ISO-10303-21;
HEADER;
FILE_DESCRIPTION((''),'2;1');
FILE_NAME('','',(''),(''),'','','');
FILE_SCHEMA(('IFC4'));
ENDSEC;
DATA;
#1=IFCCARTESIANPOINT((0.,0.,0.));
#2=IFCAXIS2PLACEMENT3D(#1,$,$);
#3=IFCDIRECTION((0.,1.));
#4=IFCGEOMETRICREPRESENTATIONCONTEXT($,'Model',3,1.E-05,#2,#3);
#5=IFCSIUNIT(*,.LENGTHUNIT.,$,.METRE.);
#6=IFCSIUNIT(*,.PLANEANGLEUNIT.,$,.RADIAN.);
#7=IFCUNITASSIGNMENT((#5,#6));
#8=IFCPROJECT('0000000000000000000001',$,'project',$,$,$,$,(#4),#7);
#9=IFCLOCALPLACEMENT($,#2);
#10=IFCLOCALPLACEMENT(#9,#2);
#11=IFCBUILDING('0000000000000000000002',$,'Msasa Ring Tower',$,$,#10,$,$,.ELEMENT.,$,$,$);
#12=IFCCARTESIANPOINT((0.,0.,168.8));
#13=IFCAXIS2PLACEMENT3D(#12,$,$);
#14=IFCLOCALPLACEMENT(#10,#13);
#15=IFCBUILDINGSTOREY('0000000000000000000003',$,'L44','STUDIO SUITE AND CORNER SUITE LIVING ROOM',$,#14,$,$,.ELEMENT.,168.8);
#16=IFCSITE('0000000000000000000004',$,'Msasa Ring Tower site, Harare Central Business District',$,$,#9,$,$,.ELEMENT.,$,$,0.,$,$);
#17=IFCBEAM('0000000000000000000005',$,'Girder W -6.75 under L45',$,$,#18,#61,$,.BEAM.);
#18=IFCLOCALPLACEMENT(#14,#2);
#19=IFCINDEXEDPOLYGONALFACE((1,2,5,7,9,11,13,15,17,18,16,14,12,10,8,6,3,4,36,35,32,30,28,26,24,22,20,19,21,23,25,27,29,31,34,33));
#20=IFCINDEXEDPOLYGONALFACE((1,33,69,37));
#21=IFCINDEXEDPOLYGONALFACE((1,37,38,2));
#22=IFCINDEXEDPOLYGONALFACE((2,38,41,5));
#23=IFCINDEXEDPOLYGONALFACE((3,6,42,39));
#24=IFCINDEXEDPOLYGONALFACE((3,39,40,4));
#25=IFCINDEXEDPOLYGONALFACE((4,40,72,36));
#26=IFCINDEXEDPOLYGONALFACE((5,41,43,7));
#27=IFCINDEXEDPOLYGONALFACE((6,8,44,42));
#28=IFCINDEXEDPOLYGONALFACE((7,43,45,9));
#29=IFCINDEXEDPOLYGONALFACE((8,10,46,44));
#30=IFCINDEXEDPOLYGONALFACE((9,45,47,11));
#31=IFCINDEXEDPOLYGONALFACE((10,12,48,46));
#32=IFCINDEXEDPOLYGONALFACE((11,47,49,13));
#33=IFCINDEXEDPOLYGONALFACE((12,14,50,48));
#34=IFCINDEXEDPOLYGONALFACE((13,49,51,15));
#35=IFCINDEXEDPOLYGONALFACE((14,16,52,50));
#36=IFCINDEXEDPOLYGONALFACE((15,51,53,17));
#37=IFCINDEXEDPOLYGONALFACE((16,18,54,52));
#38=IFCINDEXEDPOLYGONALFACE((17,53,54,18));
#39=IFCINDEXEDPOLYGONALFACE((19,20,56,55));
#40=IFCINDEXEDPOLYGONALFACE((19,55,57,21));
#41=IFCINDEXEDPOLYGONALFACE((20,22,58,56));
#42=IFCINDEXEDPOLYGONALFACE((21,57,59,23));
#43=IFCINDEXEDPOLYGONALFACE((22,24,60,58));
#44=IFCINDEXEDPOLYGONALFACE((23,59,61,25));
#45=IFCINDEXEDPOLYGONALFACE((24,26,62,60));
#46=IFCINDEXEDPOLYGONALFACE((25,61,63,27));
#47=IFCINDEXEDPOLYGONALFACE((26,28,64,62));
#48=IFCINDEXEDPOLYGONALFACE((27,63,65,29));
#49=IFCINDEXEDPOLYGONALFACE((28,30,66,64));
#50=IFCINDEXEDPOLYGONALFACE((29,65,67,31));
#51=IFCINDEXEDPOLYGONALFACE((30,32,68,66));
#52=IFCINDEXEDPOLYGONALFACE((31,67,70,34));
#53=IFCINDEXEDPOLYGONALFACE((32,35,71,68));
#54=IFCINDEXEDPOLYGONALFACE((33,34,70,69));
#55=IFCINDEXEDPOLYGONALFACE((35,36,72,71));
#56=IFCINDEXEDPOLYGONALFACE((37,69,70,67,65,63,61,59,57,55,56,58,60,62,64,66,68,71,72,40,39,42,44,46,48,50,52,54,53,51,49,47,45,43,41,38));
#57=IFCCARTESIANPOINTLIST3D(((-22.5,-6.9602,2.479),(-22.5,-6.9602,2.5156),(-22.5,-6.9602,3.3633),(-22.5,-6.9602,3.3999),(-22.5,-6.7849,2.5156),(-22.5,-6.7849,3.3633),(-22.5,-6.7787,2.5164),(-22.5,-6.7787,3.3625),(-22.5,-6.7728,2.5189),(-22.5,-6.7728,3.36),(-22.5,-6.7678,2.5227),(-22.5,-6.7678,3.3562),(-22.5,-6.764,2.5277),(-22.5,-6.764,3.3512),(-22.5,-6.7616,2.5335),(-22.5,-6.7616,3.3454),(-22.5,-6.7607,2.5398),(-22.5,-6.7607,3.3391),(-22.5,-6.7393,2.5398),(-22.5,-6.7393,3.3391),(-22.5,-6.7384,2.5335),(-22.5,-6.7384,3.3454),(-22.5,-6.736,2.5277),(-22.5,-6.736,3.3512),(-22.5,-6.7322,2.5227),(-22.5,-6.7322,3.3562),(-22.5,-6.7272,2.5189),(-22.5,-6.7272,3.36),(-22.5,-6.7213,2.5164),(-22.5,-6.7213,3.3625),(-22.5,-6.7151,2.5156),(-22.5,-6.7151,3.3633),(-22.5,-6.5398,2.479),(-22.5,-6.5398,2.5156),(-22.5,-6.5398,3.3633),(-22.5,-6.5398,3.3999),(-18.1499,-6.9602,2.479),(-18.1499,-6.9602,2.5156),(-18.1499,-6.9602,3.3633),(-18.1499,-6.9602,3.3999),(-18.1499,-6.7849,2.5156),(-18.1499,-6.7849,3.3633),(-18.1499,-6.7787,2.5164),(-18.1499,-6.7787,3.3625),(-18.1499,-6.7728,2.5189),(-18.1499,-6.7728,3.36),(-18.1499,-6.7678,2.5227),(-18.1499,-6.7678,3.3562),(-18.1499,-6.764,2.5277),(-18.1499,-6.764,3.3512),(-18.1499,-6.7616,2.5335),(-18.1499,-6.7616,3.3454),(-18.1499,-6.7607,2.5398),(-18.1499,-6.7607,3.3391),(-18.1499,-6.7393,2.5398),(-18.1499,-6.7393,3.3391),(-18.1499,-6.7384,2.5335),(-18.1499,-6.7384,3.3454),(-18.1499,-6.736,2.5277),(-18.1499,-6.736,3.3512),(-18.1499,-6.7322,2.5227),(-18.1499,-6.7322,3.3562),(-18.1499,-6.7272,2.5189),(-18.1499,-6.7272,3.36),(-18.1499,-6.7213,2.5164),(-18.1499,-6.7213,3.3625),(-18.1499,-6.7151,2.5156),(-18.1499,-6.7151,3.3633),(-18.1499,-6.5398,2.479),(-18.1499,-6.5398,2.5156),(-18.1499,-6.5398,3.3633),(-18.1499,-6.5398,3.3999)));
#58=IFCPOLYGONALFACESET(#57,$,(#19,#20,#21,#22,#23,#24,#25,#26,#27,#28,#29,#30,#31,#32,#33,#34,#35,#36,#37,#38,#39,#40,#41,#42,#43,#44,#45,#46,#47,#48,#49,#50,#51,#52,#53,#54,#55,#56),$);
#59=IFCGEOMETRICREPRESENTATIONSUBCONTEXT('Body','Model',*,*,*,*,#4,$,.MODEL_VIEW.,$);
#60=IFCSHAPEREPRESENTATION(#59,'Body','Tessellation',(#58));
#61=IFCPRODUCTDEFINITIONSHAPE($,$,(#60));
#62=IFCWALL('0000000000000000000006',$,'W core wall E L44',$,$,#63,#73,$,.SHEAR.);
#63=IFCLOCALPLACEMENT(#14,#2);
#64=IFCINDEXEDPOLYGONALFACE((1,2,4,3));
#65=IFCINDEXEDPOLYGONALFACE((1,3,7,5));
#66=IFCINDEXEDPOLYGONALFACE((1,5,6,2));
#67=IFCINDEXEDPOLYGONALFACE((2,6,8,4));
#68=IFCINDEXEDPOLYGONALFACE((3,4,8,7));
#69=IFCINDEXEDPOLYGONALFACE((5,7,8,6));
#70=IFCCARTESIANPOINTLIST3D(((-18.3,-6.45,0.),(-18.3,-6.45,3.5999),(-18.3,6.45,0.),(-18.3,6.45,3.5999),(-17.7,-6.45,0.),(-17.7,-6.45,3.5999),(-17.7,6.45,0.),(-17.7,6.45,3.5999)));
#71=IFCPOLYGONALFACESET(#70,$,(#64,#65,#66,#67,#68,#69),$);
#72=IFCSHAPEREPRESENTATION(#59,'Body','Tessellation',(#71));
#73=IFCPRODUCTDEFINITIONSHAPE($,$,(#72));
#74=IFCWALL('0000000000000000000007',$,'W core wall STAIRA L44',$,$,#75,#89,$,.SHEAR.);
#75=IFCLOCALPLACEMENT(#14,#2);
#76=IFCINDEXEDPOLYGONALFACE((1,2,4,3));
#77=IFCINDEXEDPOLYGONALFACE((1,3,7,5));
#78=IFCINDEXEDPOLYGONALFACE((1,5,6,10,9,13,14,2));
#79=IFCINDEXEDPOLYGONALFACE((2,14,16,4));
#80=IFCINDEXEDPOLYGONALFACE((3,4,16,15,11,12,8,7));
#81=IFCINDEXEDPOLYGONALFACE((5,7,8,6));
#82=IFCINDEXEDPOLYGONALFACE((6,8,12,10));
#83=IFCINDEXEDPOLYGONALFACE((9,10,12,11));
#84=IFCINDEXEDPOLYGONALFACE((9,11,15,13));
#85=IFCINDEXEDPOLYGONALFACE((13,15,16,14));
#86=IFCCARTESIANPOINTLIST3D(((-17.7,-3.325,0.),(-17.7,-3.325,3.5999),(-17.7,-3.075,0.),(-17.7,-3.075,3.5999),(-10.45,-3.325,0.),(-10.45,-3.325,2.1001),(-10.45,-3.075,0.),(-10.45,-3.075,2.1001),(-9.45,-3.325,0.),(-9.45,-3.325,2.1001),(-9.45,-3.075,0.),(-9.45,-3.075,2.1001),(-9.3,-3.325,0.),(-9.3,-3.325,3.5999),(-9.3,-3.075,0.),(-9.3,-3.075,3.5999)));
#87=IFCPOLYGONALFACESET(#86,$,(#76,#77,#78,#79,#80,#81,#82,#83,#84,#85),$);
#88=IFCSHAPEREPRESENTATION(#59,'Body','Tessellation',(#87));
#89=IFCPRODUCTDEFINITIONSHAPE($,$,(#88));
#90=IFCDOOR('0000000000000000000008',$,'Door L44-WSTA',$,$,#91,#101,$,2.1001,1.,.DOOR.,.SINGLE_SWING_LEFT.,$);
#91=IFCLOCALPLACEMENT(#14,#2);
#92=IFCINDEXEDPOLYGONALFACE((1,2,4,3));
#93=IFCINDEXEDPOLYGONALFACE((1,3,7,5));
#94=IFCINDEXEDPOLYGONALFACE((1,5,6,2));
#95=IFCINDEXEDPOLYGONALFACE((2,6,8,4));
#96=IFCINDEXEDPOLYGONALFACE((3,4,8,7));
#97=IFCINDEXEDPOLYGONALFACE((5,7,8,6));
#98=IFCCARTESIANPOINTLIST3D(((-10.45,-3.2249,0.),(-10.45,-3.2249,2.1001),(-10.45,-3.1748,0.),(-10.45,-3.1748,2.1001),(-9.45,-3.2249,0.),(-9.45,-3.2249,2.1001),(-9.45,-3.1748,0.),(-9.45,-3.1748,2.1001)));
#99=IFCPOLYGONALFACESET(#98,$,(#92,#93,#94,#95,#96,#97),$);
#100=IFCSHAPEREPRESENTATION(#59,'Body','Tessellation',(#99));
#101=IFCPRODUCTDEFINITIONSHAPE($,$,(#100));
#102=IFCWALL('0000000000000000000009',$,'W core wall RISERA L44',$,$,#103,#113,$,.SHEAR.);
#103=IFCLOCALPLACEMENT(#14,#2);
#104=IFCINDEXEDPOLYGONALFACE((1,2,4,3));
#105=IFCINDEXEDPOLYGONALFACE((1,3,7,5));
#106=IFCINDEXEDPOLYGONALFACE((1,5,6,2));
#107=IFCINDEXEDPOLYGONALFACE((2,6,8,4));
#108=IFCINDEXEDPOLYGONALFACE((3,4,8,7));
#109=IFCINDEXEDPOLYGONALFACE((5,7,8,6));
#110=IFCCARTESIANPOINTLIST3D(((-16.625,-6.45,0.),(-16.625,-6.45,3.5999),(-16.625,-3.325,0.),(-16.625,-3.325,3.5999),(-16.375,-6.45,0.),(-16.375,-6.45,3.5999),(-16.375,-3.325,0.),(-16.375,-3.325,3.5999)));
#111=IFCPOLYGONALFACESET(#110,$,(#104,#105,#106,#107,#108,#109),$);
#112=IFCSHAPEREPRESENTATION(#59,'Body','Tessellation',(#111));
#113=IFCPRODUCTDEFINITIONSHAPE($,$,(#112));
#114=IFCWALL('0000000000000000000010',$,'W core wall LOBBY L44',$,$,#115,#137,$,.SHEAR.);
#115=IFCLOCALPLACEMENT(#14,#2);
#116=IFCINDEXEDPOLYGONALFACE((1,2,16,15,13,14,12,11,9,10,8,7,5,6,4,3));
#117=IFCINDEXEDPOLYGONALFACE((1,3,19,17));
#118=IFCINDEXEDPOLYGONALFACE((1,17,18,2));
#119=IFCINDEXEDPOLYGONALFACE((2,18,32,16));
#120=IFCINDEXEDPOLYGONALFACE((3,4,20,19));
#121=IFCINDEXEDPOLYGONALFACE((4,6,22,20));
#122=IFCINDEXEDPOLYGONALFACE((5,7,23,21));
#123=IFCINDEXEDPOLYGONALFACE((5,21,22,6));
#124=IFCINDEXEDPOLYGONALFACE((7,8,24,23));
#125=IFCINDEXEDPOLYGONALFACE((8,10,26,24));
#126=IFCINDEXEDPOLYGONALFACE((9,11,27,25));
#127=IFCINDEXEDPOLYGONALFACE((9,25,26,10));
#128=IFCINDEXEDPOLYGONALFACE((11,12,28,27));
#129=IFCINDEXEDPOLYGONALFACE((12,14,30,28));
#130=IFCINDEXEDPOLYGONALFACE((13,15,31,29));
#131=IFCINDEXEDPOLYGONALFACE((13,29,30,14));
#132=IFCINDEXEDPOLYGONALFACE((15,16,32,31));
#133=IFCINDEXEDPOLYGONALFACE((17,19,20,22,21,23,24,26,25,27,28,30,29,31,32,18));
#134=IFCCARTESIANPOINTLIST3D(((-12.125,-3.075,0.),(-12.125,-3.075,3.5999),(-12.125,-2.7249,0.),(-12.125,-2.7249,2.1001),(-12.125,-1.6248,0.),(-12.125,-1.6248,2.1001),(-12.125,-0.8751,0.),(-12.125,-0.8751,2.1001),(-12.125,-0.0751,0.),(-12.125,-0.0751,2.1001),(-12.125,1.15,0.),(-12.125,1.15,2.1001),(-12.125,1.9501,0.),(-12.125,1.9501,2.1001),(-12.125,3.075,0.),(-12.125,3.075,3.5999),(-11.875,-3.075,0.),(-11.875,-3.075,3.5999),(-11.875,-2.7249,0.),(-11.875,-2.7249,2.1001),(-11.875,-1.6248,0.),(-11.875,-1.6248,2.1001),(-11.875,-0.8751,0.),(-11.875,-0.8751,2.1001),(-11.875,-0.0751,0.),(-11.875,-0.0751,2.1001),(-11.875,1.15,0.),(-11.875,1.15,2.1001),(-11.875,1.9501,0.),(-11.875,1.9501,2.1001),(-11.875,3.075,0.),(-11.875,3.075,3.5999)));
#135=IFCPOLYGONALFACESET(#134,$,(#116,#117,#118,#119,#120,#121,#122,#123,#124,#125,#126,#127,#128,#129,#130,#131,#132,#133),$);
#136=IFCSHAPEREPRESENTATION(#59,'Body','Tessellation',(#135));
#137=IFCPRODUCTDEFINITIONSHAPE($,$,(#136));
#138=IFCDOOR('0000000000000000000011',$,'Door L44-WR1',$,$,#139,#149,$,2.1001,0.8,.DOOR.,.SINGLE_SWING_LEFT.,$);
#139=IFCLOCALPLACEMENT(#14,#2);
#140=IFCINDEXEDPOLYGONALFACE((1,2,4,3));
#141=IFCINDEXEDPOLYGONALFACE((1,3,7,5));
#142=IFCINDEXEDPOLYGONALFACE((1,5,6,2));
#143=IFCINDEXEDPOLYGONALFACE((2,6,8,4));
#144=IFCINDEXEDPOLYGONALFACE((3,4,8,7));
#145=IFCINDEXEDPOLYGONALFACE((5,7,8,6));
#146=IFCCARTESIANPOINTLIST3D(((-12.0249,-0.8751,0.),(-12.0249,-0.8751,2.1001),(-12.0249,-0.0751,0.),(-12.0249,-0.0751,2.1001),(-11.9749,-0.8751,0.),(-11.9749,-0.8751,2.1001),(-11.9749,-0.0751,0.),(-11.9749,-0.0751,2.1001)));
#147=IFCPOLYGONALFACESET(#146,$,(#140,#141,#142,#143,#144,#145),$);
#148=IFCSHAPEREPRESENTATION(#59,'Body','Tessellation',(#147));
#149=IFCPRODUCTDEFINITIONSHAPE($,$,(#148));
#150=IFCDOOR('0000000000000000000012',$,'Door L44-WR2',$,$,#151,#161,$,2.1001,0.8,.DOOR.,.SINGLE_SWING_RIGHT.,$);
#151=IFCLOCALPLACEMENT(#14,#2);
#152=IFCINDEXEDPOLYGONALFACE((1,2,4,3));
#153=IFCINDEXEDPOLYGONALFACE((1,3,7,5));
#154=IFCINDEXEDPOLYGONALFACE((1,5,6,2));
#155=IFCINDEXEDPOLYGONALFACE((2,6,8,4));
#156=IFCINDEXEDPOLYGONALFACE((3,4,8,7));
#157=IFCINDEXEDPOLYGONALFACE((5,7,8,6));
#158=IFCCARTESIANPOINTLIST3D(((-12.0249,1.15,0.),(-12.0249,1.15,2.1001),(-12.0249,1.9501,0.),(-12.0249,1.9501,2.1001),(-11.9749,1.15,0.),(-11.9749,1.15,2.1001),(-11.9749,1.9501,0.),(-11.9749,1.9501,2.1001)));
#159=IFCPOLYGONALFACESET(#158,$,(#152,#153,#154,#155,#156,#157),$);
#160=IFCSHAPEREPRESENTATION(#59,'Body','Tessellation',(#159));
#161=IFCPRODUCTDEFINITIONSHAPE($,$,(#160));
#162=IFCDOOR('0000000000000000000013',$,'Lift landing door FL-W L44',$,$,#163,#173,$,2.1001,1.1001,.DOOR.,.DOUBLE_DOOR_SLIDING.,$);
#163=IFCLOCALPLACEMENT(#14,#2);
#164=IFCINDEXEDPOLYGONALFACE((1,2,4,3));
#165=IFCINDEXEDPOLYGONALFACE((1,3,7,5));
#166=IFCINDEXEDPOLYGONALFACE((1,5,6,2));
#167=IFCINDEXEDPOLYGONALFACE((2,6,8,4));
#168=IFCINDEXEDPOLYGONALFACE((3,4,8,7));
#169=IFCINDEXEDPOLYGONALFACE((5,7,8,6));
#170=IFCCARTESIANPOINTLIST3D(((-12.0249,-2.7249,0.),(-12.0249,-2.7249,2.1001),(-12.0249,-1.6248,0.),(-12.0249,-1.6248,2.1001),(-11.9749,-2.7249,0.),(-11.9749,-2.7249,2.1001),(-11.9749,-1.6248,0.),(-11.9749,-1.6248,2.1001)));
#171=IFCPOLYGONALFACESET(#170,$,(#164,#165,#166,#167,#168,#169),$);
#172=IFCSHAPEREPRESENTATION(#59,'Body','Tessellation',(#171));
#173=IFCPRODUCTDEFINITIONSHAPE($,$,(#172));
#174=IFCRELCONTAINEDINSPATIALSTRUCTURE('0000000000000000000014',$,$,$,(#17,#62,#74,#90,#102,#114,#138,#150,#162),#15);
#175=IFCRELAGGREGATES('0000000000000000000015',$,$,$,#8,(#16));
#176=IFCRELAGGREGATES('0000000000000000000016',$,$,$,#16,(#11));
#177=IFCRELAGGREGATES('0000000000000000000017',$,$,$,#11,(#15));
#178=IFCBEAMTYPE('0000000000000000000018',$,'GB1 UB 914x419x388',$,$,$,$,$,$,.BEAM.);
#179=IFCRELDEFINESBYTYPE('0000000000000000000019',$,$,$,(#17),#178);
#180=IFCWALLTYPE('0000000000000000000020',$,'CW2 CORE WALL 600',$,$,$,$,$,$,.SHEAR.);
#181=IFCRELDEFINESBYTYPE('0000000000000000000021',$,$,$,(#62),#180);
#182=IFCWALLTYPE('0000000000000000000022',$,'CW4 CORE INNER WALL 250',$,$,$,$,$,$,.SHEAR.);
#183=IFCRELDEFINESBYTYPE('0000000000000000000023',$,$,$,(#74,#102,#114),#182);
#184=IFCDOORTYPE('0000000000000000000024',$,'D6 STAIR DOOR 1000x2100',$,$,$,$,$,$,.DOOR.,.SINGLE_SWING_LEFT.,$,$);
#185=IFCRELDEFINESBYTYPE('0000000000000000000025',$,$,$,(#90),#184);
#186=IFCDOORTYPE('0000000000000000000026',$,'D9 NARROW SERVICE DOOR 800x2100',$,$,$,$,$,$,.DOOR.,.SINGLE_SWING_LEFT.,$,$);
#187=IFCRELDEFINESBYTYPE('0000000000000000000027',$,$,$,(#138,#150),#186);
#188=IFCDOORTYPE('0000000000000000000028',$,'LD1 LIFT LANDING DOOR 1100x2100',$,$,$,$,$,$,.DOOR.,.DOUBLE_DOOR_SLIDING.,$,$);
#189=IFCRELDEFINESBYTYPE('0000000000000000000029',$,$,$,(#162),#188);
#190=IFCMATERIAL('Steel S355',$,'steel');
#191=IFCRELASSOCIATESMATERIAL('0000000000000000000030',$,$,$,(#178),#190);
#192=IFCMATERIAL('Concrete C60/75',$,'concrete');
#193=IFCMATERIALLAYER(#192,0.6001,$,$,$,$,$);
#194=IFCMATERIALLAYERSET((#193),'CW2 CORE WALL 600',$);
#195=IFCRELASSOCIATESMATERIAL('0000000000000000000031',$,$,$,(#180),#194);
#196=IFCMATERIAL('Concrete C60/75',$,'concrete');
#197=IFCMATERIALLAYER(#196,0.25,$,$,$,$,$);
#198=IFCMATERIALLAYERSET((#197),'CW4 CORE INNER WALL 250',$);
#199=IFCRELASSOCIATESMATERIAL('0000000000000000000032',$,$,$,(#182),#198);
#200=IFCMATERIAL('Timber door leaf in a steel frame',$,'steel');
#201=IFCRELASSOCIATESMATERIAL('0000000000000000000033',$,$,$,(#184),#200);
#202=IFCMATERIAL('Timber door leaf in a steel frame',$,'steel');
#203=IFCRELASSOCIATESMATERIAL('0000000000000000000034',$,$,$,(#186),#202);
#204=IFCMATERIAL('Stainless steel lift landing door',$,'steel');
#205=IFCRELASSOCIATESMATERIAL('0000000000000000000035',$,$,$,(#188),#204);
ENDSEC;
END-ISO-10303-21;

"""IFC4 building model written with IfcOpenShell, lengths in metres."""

from ifc_helpers import new_model, si_unit, direction, frame, frame_2d, origin, origin_2d, place, context, subcontext, project, spatial, rectangle, i_section, extrude, material, layer, layer_set, material_profile, profile_set, type_object, element, fill, save


model = new_model("IFC4")

# Units and contexts
model_context = context("Model", 3, precision=1e-05, world=origin(), true_north=direction((0.0, 1.0)))
body_context = subcontext(model_context, "Body", "Model", "MODEL_VIEW")
ifc_project = project(units=[si_unit("LENGTHUNIT", "METRE"), si_unit("PLANEANGLEUNIT", "RADIAN")], contexts=[model_context])

# Site, building, storey
site_placement = place(None, origin())
site = spatial("IfcSite", under=ifc_project, at=site_placement, Name="Msasa Ring Tower site, Harare Central Business District", CompositionType="ELEMENT", RefElevation=0.0)
building_placement = place(site_placement, origin())
building = spatial("IfcBuilding", under=site, at=building_placement, Name="Msasa Ring Tower", CompositionType="ELEMENT")
storey_placement = place(building_placement, frame((0.0, 0.0, 168.8)))
storey = spatial("IfcBuildingStorey", under=building, at=storey_placement, Name="L44", Description="STUDIO SUITE AND CORNER SUITE LIVING ROOM", CompositionType="ELEMENT", Elevation=168.8)

# Beam
ifc_material_1 = material(Name="Steel S355", Category="steel")
ifc_material_profile = material_profile(ifc_material_1, i_section(OverallWidth=0.4204, OverallDepth=0.9209, WebThickness=0.0215, FlangeThickness=0.0366, FilletRadius=0.0242, at=origin_2d()), Name="UB 914x419x388")
ifc_profile_set = profile_set([ifc_material_profile], Name="Steel S355")
beam_type = type_object("IfcBeamType", Name="GB1 UB 914x419x388", PredefinedType="BEAM", material=ifc_profile_set)
beam_placement = place(storey_placement, frame((-18.1499, -6.75, 2.9395), z_axis=(-1.0, 0.0, 0.0), x_axis=(0.0, -1.0, 0.0)))
element("IfcBeam", 1, at=beam_placement, inside=storey, type_object=beam_type, Name="Girder W -6.75 under L45", PredefinedType="BEAM", context=body_context, shape_type="SweptSolid", body=[
    extrude(i_section(OverallWidth=0.4204, OverallDepth=0.9209, WebThickness=0.0215, FlangeThickness=0.0366, FilletRadius=0.0242, at=origin_2d()), origin(), (0.0, 0.0, 1.0), 4.3501),
])

# Wall
ifc_material_2 = material(Name="Concrete C60/75", Category="concrete")
ifc_layer_1 = layer(ifc_material_2, 0.6001)
ifc_layer_set_1 = layer_set([ifc_layer_1], Name="CW2 CORE WALL 600")
wall_type_1 = type_object("IfcWallType", Name="CW2 CORE WALL 600", PredefinedType="SHEAR", material=ifc_layer_set_1)
wall_1_placement = place(storey_placement, frame((-18.0, -6.45, 0.0), z_axis=(0.0, 0.0, 1.0), x_axis=(0.0, 1.0, 0.0)))
element("IfcWall", 2, at=wall_1_placement, inside=storey, type_object=wall_type_1, Name="W core wall E L44", PredefinedType="SHEAR", context=body_context, shape_type="SweptSolid", body=[
    extrude(rectangle(XDim=12.8999, YDim=0.6001, at=frame_2d((6.45, 0.0))), origin(), (0.0, 0.0, 1.0), 3.5999),
])

# Wall, opening, door
ifc_material_3 = material(Name="Concrete C60/75", Category="concrete")
ifc_layer_2 = layer(ifc_material_3, 0.25)
ifc_layer_set_2 = layer_set([ifc_layer_2], Name="CW4 CORE INNER WALL 250")
wall_type_2 = type_object("IfcWallType", Name="CW4 CORE INNER WALL 250", PredefinedType="SHEAR", material=ifc_layer_set_2)
wall_2_placement = place(storey_placement, frame((-9.3, -3.2, 0.0), z_axis=(0.0, 0.0, 1.0), x_axis=(-1.0, 0.0, 0.0)))
wall_2 = element("IfcWall", 3, at=wall_2_placement, inside=storey, type_object=wall_type_2, Name="W core wall STAIRA L44", PredefinedType="SHEAR", context=body_context, shape_type="SweptSolid", body=[
    extrude(rectangle(XDim=8.3999, YDim=0.25, at=frame_2d((4.2, 0.0))), origin(), (0.0, 0.0, 1.0), 3.5999),
])
opening_1_placement = place(wall_2_placement, frame((0.1499, 0.0, 0.0)))
opening_1 = element("IfcOpeningElement", 4, at=opening_1_placement, cuts=wall_2, PredefinedType="OPENING", context=body_context, shape_type="SweptSolid", body=[
    extrude(rectangle(XDim=1.0, YDim=2.1001, at=frame_2d((0.5, 1.05))), frame((0.0, 0.135, 0.0), z_axis=(0.0, -1.0, 0.0), x_axis=(1.0, 0.0, 0.0)), (0.0, 0.0, 1.0), 0.27),
])
ifc_material_4 = material(Name="Timber door leaf in a steel frame", Category="steel")
door_type_1 = type_object("IfcDoorType", Name="D6 STAIR DOOR 1000x2100", OperationType="SINGLE_SWING_LEFT", PredefinedType="DOOR", material=ifc_material_4)
door_1_placement = place(opening_1_placement, origin())
door_1 = element("IfcDoor", 5, at=door_1_placement, inside=storey, type_object=door_type_1, Name="Door L44-WSTA", OperationType="SINGLE_SWING_LEFT", OverallHeight=2.1001, OverallWidth=1.0, PredefinedType="DOOR", context=body_context, shape_type="SweptSolid", body=[
    extrude(rectangle(XDim=1.0, YDim=2.1001, at=frame_2d((0.5, 1.05))), frame((0.0, 0.0249, 0.0), z_axis=(0.0, -1.0, 0.0), x_axis=(1.0, 0.0, 0.0)), (0.0, 0.0, 1.0), 0.05),
])
fill(opening_1, door_1)

# Wall
wall_3_placement = place(storey_placement, frame((-16.5, -6.45, 0.0), z_axis=(0.0, 0.0, 1.0), x_axis=(0.0, 1.0, 0.0)))
element("IfcWall", 6, at=wall_3_placement, inside=storey, type_object=wall_type_2, Name="W core wall RISERA L44", PredefinedType="SHEAR", context=body_context, shape_type="SweptSolid", body=[
    extrude(rectangle(XDim=3.125, YDim=0.25, at=frame_2d((1.5625, 0.0))), origin(), (0.0, 0.0, 1.0), 3.5999),
])

# Wall, openings, doors
wall_4_placement = place(storey_placement, frame((-12.0, -3.075, 0.0), z_axis=(0.0, 0.0, 1.0), x_axis=(0.0, 1.0, 0.0)))
wall_4 = element("IfcWall", 7, at=wall_4_placement, inside=storey, type_object=wall_type_2, Name="W core wall LOBBY L44", PredefinedType="SHEAR", context=body_context, shape_type="SweptSolid", body=[
    extrude(rectangle(XDim=6.1499, YDim=0.25, at=frame_2d((3.075, 0.0))), origin(), (0.0, 0.0, 1.0), 3.5999),
])
opening_2_placement = place(wall_4_placement, frame((2.2, 0.0, 0.0)))
opening_2 = element("IfcOpeningElement", 8, at=opening_2_placement, cuts=wall_4, PredefinedType="OPENING", context=body_context, shape_type="SweptSolid", body=[
    extrude(rectangle(XDim=0.8, YDim=2.1001, at=frame_2d((0.3999, 1.05))), frame((0.0, 0.135, 0.0), z_axis=(0.0, -1.0, 0.0), x_axis=(1.0, 0.0, 0.0)), (0.0, 0.0, 1.0), 0.27),
])
opening_3_placement = place(wall_4_placement, frame((4.2251, 0.0, 0.0)))
opening_3 = element("IfcOpeningElement", 9, at=opening_3_placement, cuts=wall_4, PredefinedType="OPENING", context=body_context, shape_type="SweptSolid", body=[
    extrude(rectangle(XDim=0.8, YDim=2.1001, at=frame_2d((0.3999, 1.05))), frame((0.0, 0.135, 0.0), z_axis=(0.0, -1.0, 0.0), x_axis=(1.0, 0.0, 0.0)), (0.0, 0.0, 1.0), 0.27),
])
opening_4_placement = place(wall_4_placement, frame((0.3501, 0.0, 0.0)))
opening_4 = element("IfcOpeningElement", 10, at=opening_4_placement, cuts=wall_4, PredefinedType="OPENING", context=body_context, shape_type="SweptSolid", body=[
    extrude(rectangle(XDim=1.1001, YDim=2.1001, at=frame_2d((0.55, 1.05))), frame((0.0, 0.135, 0.0), z_axis=(0.0, -1.0, 0.0), x_axis=(1.0, 0.0, 0.0)), (0.0, 0.0, 1.0), 0.27),
])
ifc_material_5 = material(Name="Timber door leaf in a steel frame", Category="steel")
door_type_2 = type_object("IfcDoorType", Name="D9 NARROW SERVICE DOOR 800x2100", OperationType="SINGLE_SWING_LEFT", PredefinedType="DOOR", material=ifc_material_5)
door_2_placement = place(opening_2_placement, origin())
door_2 = element("IfcDoor", 11, at=door_2_placement, inside=storey, type_object=door_type_2, Name="Door L44-WR1", OperationType="SINGLE_SWING_LEFT", OverallHeight=2.1001, OverallWidth=0.8, PredefinedType="DOOR", context=body_context, shape_type="SweptSolid", body=[
    extrude(rectangle(XDim=0.8, YDim=2.1001, at=frame_2d((0.3999, 1.05))), frame((0.0, 0.0249, 0.0), z_axis=(0.0, -1.0, 0.0), x_axis=(1.0, 0.0, 0.0)), (0.0, 0.0, 1.0), 0.05),
])
fill(opening_2, door_2)
door_3_placement = place(opening_3_placement, origin())
door_3 = element("IfcDoor", 12, at=door_3_placement, inside=storey, type_object=door_type_2, Name="Door L44-WR2", OperationType="SINGLE_SWING_RIGHT", OverallHeight=2.1001, OverallWidth=0.8, PredefinedType="DOOR", context=body_context, shape_type="SweptSolid", body=[
    extrude(rectangle(XDim=0.8, YDim=2.1001, at=frame_2d((0.3999, 1.05))), frame((0.0, 0.0249, 0.0), z_axis=(0.0, -1.0, 0.0), x_axis=(1.0, 0.0, 0.0)), (0.0, 0.0, 1.0), 0.05),
])
fill(opening_3, door_3)
ifc_material_6 = material(Name="Stainless steel lift landing door", Category="steel")
door_type_3 = type_object("IfcDoorType", Name="LD1 LIFT LANDING DOOR 1100x2100", OperationType="DOUBLE_DOOR_SLIDING", PredefinedType="DOOR", material=ifc_material_6)
door_4_placement = place(opening_4_placement, origin())
door_4 = element("IfcDoor", 13, at=door_4_placement, inside=storey, type_object=door_type_3, Name="Lift landing door FL-W L44", OperationType="DOUBLE_DOOR_SLIDING", OverallHeight=2.1001, OverallWidth=1.1001, PredefinedType="DOOR", context=body_context, shape_type="SweptSolid", body=[
    extrude(rectangle(XDim=1.1001, YDim=2.1001, at=frame_2d((0.55, 1.05))), frame((0.0, 0.0249, 0.0), z_axis=(0.0, -1.0, 0.0), x_axis=(1.0, 0.0, 0.0)), (0.0, 0.0, 1.0), 0.05),
])
fill(opening_4, door_4)

save(model, "model.ifc")
